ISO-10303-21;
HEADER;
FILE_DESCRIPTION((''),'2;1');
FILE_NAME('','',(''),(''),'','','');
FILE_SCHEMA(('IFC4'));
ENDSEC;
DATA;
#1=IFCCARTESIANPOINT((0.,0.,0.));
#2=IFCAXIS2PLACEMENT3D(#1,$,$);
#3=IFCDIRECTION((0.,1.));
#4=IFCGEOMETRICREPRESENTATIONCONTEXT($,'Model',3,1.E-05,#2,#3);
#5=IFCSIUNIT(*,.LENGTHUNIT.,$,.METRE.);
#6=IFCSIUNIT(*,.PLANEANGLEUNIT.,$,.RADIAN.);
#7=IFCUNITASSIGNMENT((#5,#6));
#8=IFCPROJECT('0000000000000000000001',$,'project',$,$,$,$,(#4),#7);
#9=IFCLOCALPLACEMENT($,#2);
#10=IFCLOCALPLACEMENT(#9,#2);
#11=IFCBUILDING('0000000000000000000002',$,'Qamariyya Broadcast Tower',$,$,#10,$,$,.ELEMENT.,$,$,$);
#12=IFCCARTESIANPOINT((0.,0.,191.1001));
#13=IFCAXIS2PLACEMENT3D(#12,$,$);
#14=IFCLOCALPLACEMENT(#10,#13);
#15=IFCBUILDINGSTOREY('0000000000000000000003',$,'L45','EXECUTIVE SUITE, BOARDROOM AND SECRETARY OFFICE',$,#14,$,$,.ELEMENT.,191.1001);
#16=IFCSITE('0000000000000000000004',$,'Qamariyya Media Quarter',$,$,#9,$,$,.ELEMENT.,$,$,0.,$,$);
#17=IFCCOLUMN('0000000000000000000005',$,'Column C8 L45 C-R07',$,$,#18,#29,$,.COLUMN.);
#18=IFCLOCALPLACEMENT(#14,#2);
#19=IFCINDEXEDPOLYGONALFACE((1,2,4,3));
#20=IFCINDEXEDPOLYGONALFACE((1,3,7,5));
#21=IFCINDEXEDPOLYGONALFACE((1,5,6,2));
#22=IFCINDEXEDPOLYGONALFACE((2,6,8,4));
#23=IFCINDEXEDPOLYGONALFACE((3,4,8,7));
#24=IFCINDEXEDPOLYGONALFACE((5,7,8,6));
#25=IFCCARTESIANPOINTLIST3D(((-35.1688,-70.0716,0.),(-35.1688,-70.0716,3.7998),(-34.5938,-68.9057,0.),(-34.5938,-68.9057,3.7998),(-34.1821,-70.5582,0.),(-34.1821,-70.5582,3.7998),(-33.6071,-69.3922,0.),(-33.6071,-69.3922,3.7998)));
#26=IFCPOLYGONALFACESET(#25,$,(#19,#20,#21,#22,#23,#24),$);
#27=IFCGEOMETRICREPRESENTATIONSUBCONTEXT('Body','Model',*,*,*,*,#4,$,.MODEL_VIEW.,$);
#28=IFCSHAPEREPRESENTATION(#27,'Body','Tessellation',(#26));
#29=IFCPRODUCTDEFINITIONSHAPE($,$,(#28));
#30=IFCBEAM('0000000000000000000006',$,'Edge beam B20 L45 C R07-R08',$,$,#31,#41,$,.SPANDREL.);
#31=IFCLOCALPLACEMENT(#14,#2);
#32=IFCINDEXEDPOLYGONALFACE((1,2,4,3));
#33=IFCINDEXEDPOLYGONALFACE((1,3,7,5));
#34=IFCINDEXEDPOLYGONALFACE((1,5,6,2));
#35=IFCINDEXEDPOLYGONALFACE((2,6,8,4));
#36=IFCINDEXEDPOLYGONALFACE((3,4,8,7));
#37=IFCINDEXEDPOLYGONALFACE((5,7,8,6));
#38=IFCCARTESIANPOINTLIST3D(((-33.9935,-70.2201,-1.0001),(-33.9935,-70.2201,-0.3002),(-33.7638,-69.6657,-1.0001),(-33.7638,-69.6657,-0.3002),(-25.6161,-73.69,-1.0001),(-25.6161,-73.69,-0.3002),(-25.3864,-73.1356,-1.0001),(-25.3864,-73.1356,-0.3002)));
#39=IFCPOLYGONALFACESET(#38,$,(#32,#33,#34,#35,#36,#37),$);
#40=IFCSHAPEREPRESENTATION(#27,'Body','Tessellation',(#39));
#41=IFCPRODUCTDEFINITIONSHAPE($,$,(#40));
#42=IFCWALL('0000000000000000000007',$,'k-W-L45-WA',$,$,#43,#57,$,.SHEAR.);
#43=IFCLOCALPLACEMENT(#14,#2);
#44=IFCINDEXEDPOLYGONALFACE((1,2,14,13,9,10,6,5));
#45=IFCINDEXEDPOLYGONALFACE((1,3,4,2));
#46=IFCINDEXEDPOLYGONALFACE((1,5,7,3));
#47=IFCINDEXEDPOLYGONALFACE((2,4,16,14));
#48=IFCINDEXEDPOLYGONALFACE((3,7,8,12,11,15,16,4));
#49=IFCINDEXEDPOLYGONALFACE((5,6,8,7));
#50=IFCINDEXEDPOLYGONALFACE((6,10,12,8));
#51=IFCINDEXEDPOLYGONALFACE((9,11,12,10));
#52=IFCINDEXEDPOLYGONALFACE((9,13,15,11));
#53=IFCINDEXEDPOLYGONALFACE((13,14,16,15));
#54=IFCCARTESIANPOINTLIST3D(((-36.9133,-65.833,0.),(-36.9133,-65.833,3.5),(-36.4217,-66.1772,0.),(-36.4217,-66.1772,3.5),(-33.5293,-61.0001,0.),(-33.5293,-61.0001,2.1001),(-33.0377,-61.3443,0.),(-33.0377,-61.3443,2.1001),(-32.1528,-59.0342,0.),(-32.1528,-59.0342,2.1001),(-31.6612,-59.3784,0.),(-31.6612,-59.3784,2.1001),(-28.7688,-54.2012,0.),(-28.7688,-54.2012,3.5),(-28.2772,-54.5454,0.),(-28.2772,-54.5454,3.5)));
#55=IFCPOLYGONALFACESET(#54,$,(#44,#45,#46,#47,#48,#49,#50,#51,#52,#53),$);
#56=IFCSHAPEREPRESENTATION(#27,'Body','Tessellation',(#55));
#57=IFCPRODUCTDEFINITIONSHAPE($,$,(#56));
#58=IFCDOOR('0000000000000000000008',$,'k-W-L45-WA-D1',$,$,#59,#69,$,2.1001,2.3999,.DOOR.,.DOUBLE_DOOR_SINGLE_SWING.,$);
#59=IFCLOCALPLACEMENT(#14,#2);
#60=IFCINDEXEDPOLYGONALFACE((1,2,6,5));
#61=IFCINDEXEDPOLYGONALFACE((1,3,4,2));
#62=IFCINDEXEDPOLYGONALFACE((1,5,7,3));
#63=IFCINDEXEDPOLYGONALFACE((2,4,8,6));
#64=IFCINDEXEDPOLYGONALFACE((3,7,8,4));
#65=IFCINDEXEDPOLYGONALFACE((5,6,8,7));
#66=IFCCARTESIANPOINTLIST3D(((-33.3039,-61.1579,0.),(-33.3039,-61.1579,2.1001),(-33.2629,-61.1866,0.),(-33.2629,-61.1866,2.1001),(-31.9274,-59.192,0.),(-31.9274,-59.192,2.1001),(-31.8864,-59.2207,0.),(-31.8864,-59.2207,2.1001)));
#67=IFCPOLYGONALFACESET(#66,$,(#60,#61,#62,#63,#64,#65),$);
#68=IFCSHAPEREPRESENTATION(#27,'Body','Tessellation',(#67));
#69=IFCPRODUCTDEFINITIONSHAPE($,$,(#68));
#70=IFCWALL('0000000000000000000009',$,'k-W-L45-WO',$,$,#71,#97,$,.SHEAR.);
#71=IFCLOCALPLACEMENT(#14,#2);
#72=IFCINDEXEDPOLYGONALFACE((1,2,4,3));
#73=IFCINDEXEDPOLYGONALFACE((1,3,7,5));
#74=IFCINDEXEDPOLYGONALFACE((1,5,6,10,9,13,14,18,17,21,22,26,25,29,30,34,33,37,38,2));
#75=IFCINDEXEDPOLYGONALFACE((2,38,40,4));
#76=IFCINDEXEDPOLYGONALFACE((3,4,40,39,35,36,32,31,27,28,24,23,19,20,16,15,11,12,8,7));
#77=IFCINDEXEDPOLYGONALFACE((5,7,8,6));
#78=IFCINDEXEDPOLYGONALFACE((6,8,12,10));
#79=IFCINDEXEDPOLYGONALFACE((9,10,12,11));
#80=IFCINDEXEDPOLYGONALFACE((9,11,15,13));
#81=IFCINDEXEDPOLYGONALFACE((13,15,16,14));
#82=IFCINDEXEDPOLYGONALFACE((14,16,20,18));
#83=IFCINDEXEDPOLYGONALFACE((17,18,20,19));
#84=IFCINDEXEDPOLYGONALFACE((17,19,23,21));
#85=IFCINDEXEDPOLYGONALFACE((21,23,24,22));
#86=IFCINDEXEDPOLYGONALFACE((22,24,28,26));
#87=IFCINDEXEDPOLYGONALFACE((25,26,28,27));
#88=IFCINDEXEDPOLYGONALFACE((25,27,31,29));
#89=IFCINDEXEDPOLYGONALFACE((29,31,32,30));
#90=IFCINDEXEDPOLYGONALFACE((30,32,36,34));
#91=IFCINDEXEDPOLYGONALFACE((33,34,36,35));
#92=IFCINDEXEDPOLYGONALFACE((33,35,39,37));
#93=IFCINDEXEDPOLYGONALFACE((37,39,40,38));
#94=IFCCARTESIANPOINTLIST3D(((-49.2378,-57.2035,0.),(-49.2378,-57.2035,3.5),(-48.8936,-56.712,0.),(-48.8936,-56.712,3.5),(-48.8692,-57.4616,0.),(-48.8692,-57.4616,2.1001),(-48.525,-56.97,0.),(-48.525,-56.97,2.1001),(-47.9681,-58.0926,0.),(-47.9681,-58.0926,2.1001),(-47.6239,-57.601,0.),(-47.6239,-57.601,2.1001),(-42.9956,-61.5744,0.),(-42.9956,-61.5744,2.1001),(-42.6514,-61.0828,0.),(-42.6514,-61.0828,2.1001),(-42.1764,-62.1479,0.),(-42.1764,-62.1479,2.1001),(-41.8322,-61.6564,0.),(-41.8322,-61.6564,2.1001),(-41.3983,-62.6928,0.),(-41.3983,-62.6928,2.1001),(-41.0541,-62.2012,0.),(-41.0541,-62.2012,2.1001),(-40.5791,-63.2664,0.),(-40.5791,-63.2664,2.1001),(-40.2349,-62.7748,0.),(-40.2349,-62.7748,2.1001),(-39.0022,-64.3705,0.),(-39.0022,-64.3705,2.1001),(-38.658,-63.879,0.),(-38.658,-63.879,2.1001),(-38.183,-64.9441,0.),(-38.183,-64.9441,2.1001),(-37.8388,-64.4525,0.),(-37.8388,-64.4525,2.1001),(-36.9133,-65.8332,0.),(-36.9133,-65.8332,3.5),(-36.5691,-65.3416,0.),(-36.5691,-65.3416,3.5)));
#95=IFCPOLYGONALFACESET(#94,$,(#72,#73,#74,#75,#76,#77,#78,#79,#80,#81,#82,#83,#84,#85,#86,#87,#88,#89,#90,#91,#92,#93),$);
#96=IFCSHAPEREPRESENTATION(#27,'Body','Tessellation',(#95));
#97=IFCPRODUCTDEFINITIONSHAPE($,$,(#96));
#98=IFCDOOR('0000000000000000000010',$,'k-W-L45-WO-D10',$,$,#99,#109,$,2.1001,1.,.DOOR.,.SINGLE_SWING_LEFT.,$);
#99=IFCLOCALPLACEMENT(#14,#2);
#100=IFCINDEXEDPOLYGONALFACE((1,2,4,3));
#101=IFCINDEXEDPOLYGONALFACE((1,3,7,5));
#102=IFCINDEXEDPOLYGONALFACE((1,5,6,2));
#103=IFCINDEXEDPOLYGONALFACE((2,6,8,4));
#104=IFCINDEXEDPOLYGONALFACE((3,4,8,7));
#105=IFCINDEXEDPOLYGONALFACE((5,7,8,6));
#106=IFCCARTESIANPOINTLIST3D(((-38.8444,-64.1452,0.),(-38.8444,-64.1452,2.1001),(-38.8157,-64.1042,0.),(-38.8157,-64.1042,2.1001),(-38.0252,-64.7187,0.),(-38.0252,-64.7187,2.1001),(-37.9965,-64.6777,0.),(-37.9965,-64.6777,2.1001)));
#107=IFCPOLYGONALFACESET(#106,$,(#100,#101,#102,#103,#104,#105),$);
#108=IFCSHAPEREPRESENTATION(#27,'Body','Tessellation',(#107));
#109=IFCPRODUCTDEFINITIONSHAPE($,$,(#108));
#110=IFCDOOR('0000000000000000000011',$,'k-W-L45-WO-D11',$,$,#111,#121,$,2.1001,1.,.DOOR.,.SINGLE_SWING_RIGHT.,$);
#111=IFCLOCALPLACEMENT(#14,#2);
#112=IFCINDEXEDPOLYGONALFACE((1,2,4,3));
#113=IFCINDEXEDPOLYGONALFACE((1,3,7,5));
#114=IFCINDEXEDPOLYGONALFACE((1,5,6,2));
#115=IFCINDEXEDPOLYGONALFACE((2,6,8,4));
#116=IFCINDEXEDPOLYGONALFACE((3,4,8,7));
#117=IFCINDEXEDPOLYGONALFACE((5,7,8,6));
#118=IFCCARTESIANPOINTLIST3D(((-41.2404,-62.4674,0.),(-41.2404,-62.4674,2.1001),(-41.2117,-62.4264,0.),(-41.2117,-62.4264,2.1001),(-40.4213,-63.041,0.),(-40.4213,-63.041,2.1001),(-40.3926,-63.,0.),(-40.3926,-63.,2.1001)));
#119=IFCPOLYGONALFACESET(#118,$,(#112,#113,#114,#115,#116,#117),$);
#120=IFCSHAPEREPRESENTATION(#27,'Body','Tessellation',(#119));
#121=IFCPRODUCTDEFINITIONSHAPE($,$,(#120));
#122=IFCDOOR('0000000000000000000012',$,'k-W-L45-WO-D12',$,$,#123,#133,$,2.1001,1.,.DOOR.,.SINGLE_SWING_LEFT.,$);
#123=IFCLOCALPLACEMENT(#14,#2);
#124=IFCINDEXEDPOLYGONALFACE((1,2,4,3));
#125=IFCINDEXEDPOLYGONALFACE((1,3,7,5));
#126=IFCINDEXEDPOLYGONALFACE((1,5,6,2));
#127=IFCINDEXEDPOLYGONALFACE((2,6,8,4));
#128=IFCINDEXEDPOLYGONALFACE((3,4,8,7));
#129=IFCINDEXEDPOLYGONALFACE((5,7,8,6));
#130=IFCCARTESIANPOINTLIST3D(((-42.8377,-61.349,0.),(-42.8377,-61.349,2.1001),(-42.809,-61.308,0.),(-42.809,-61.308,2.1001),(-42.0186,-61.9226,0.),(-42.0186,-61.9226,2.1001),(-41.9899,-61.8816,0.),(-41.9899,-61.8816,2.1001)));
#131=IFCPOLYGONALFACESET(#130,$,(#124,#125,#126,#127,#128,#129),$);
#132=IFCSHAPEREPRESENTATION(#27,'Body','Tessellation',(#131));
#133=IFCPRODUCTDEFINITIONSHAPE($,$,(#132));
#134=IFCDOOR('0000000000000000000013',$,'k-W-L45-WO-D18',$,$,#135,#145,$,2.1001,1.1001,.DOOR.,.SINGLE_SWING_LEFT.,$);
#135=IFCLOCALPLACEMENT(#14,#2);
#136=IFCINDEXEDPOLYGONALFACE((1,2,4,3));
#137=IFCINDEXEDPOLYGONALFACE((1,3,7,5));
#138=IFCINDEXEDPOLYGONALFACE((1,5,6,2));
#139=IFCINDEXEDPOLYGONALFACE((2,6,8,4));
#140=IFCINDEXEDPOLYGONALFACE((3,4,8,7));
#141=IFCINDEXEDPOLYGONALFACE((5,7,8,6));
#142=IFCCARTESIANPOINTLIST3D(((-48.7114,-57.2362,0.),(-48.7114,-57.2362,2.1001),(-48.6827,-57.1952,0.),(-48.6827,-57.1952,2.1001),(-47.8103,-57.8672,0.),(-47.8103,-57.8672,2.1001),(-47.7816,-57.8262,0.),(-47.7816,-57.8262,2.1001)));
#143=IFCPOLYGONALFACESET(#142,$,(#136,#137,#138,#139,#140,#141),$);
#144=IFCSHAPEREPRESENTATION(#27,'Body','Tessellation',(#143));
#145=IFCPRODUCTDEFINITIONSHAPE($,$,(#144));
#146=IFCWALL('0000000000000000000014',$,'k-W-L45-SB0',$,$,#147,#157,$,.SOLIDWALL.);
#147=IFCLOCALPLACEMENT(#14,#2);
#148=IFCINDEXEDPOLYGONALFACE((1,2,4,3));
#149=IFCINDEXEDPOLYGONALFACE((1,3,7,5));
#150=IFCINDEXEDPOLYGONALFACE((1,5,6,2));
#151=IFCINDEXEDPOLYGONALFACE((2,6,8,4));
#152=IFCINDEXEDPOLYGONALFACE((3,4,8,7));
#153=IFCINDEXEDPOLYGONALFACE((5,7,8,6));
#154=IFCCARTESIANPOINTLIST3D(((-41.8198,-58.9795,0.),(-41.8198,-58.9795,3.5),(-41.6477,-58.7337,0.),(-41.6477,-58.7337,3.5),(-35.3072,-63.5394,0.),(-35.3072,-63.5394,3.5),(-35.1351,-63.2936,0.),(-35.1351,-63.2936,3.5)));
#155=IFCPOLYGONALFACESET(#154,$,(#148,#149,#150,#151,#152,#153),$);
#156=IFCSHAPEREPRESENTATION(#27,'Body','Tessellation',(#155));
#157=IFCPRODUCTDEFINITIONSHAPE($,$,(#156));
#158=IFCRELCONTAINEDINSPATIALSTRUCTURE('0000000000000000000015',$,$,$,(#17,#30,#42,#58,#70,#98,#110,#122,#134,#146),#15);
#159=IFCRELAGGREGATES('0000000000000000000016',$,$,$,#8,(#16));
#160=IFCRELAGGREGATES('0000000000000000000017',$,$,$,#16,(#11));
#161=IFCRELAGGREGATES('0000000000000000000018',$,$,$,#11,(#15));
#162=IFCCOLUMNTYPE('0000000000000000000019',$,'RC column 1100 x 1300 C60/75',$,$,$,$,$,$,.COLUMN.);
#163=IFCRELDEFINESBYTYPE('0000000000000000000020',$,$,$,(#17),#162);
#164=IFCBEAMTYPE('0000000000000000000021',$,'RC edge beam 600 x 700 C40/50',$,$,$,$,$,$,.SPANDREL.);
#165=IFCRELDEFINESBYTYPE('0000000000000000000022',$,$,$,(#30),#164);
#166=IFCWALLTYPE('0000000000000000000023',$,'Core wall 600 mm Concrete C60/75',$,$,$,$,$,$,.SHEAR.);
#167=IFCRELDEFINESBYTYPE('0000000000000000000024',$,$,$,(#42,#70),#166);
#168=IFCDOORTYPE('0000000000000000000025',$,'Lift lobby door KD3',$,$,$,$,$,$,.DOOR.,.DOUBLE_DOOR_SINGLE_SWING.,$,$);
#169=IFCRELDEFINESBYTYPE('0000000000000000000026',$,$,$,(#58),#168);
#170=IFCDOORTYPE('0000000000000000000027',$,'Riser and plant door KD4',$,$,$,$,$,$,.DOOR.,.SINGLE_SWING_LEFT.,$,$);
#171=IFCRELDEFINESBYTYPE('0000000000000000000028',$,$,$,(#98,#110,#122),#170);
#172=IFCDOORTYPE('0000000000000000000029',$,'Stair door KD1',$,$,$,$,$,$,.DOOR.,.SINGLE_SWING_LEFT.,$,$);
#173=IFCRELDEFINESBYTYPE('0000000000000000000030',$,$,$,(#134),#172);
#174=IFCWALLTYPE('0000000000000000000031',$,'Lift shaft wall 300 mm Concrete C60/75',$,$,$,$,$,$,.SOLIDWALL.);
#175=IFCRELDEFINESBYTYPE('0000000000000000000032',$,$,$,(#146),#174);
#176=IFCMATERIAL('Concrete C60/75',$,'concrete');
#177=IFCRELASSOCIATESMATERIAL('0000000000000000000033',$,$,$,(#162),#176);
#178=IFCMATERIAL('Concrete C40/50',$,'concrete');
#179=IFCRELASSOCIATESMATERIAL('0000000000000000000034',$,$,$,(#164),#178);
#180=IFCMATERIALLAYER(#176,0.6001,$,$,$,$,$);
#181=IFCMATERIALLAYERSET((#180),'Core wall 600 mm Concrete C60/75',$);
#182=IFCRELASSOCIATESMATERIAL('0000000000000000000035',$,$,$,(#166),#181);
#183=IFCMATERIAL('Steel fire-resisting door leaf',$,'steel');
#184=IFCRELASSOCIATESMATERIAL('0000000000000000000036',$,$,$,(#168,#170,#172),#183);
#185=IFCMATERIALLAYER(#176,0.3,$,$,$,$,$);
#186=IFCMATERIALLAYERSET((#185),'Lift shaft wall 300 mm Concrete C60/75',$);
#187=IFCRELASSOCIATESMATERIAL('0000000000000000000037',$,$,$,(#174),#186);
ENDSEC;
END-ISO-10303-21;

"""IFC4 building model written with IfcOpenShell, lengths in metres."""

from ifc_helpers import new_model, si_unit, direction, frame, frame_2d, origin, origin_2d, place, context, subcontext, project, spatial, rectangle, extrude, material, layer, layer_set, material_profile, profile_set, type_object, element, fill, save


model = new_model("IFC4")

# Units and contexts
model_context = context("Model", 3, precision=1e-05, world=origin(), true_north=direction((0.0, 1.0)))
body_context = subcontext(model_context, "Body", "Model", "MODEL_VIEW")
ifc_project = project(units=[si_unit("LENGTHUNIT", "METRE"), si_unit("PLANEANGLEUNIT", "RADIAN")], contexts=[model_context])

# Site, building, storey
site_placement = place(None, origin())
site = spatial("IfcSite", under=ifc_project, at=site_placement, Name="Qamariyya Media Quarter", CompositionType="ELEMENT", RefElevation=0.0)
building_placement = place(site_placement, origin())
building = spatial("IfcBuilding", under=site, at=building_placement, Name="Qamariyya Broadcast Tower", CompositionType="ELEMENT")
storey_placement = place(building_placement, frame((0.0, 0.0, 191.1001)))
storey = spatial("IfcBuildingStorey", under=building, at=storey_placement, Name="L45", Description="EXECUTIVE SUITE, BOARDROOM AND SECRETARY OFFICE", CompositionType="ELEMENT", Elevation=191.1001)

# Column
ifc_material_1 = material(Name="Concrete C60/75", Category="concrete")
ifc_material_profile_1 = material_profile(ifc_material_1, rectangle(XDim=1.1001, YDim=1.3, at=origin_2d()))
ifc_profile_set_1 = profile_set([ifc_material_profile_1], Name="Concrete C60/75")
column_type = type_object("IfcColumnType", Name="RC column 1100 x 1300 C60/75", PredefinedType="COLUMN", material=ifc_profile_set_1)
column_placement = place(storey_placement, frame((-34.3879, -69.7319, 0.0), z_axis=(0.0, 0.0, 1.0), x_axis=(0.896873, -0.442289, 0.0)))
element("IfcColumn", 1, at=column_placement, inside=storey, type_object=column_type, Name="Column C8 L45 C-R07", PredefinedType="COLUMN", context=body_context, shape_type="SweptSolid", body=[
    extrude(rectangle(XDim=1.1001, YDim=1.3, at=origin_2d()), origin(), (0.0, 0.0, 1.0), 3.7998),
])

# Beam
ifc_material_2 = material(Name="Concrete C40/50", Category="concrete")
ifc_material_profile_2 = material_profile(ifc_material_2, rectangle(XDim=0.6001, YDim=0.7, at=origin_2d()))
ifc_profile_set_2 = profile_set([ifc_material_profile_2], Name="Concrete C40/50")
beam_type = type_object("IfcBeamType", Name="RC edge beam 600 x 700 C40/50", PredefinedType="SPANDREL", material=ifc_profile_set_2)
beam_placement = place(storey_placement, frame((-33.8787, -69.9429, -0.6501), z_axis=(0.923883, -0.382676, 0.0), x_axis=(0.382676, 0.923883, 0.0)))
element("IfcBeam", 2, at=beam_placement, inside=storey, type_object=beam_type, Name="Edge beam B20 L45 C R07-R08", PredefinedType="SPANDREL", context=body_context, shape_type="SweptSolid", body=[
    extrude(rectangle(XDim=0.6001, YDim=0.7, at=origin_2d()), origin(), (0.0, 0.0, 1.0), 9.0676),
])

# Wall, opening, door
ifc_layer_1 = layer(ifc_material_1, 0.6001)
ifc_layer_set_1 = layer_set([ifc_layer_1], Name="Core wall 600 mm Concrete C60/75")
wall_type_1 = type_object("IfcWallType", Name="Core wall 600 mm Concrete C60/75", PredefinedType="SHEAR", material=ifc_layer_set_1)
wall_1_placement = place(storey_placement, frame((-36.6675, -66.0051, 0.0), z_axis=(0.0, 0.0, 1.0), x_axis=(0.573568, 0.819158, 0.0)))
wall_1 = element("IfcWall", 3, at=wall_1_placement, inside=storey, type_object=wall_type_1, Name="k-W-L45-WA", PredefinedType="SHEAR", context=body_context, shape_type="SweptSolid", body=[
    extrude(rectangle(XDim=14.1997, YDim=0.6001, at=frame_2d((7.0999, 0.0))), origin(), (0.0, 0.0, 1.0), 3.5),
])
opening_1_placement = place(wall_1_placement, frame((5.8999, 0.0, 0.0)))
opening_1 = element("IfcOpeningElement", 4, at=opening_1_placement, cuts=wall_1, PredefinedType="OPENING", context=body_context, shape_type="SweptSolid", body=[
    extrude(rectangle(XDim=2.3999, YDim=2.1001, at=frame_2d((1.2, 1.05))), frame((0.0, 0.3101, 0.0), z_axis=(0.0, -1.0, 0.0), x_axis=(1.0, 0.0, 0.0)), (0.0, 0.0, 1.0), 0.6201),
])
ifc_material_3 = material(Name="Steel fire-resisting door leaf", Category="steel")
door_type_1 = type_object("IfcDoorType", Name="Lift lobby door KD3", OperationType="DOUBLE_DOOR_SINGLE_SWING", PredefinedType="DOOR", material=ifc_material_3)
door_1_placement = place(opening_1_placement, origin())
door_1 = element("IfcDoor", 5, at=door_1_placement, inside=storey, type_object=door_type_1, Name="k-W-L45-WA-D1", OperationType="DOUBLE_DOOR_SINGLE_SWING", OverallHeight=2.1001, OverallWidth=2.3999, PredefinedType="DOOR", context=body_context, shape_type="SweptSolid", body=[
    extrude(rectangle(XDim=2.3999, YDim=2.1001, at=frame_2d((1.2, 1.05))), frame((0.0, 0.0249, 0.0), z_axis=(0.0, -1.0, 0.0), x_axis=(1.0, 0.0, 0.0)), (0.0, 0.0, 1.0), 0.05),
])
fill(opening_1, door_1)

# Wall, openings, doors
wall_2_placement = place(storey_placement, frame((-36.7412, -65.5874, 0.0), z_axis=(0.0, 0.0, 1.0), x_axis=(-0.819153, 0.573575, 0.0)))
wall_2 = element("IfcWall", 6, at=wall_2_placement, inside=storey, type_object=wall_type_1, Name="k-W-L45-WO", PredefinedType="SHEAR", context=body_context, shape_type="SweptSolid", body=[
    extrude(rectangle(XDim=15.0454, YDim=0.6001, at=frame_2d((7.5227, 0.0))), origin(), (0.0, 0.0, 1.0), 3.5),
])
opening_2_placement = place(wall_2_placement, frame((1.55, 0.0, 0.0)))
opening_2 = element("IfcOpeningElement", 7, at=opening_2_placement, cuts=wall_2, PredefinedType="OPENING", context=body_context, shape_type="SweptSolid", body=[
    extrude(rectangle(XDim=1.0, YDim=2.1001, at=frame_2d((0.5, 1.05))), frame((0.0, 0.3101, 0.0), z_axis=(0.0, -1.0, 0.0), x_axis=(1.0, 0.0, 0.0)), (0.0, 0.0, 1.0), 0.6201),
])
opening_3_placement = place(wall_2_placement, frame((4.4751, 0.0, 0.0)))
opening_3 = element("IfcOpeningElement", 8, at=opening_3_placement, cuts=wall_2, PredefinedType="OPENING", context=body_context, shape_type="SweptSolid", body=[
    extrude(rectangle(XDim=1.0, YDim=2.1001, at=frame_2d((0.5, 1.05))), frame((0.0, 0.3101, 0.0), z_axis=(0.0, -1.0, 0.0), x_axis=(1.0, 0.0, 0.0)), (0.0, 0.0, 1.0), 0.6201),
])
opening_4_placement = place(wall_2_placement, frame((6.425, 0.0, 0.0)))
opening_4 = element("IfcOpeningElement", 9, at=opening_4_placement, cuts=wall_2, PredefinedType="OPENING", context=body_context, shape_type="SweptSolid", body=[
    extrude(rectangle(XDim=1.0, YDim=2.1001, at=frame_2d((0.5, 1.05))), frame((0.0, 0.3101, 0.0), z_axis=(0.0, -1.0, 0.0), x_axis=(1.0, 0.0, 0.0)), (0.0, 0.0, 1.0), 0.6201),
])
opening_5_placement = place(wall_2_placement, frame((13.4954, 0.0, 0.0)))
opening_5 = element("IfcOpeningElement", 10, at=opening_5_placement, cuts=wall_2, PredefinedType="OPENING", context=body_context, shape_type="SweptSolid", body=[
    extrude(rectangle(XDim=1.1001, YDim=2.1001, at=frame_2d((0.55, 1.05))), frame((0.0, 0.3101, 0.0), z_axis=(0.0, -1.0, 0.0), x_axis=(1.0, 0.0, 0.0)), (0.0, 0.0, 1.0), 0.6201),
])
door_type_2 = type_object("IfcDoorType", Name="Riser and plant door KD4", OperationType="SINGLE_SWING_LEFT", PredefinedType="DOOR", material=ifc_material_3)
door_2_placement = place(opening_2_placement, origin())
door_2 = element("IfcDoor", 11, at=door_2_placement, inside=storey, type_object=door_type_2, Name="k-W-L45-WO-D10", OperationType="SINGLE_SWING_LEFT", OverallHeight=2.1001, OverallWidth=1.0, PredefinedType="DOOR", context=body_context, shape_type="SweptSolid", body=[
    extrude(rectangle(XDim=1.0, YDim=2.1001, at=frame_2d((0.5, 1.05))), frame((0.0, 0.0249, 0.0), z_axis=(0.0, -1.0, 0.0), x_axis=(1.0, 0.0, 0.0)), (0.0, 0.0, 1.0), 0.05),
])
fill(opening_2, door_2)
door_3_placement = place(opening_3_placement, origin())
door_3 = element("IfcDoor", 12, at=door_3_placement, inside=storey, type_object=door_type_2, Name="k-W-L45-WO-D11", OperationType="SINGLE_SWING_RIGHT", OverallHeight=2.1001, OverallWidth=1.0, PredefinedType="DOOR", context=body_context, shape_type="SweptSolid", body=[
    extrude(rectangle(XDim=1.0, YDim=2.1001, at=frame_2d((0.5, 1.05))), frame((0.0, 0.0249, 0.0), z_axis=(0.0, -1.0, 0.0), x_axis=(1.0, 0.0, 0.0)), (0.0, 0.0, 1.0), 0.05),
])
fill(opening_3, door_3)
door_4_placement = place(opening_4_placement, origin())
door_4 = element("IfcDoor", 13, at=door_4_placement, inside=storey, type_object=door_type_2, Name="k-W-L45-WO-D12", OperationType="SINGLE_SWING_LEFT", OverallHeight=2.1001, OverallWidth=1.0, PredefinedType="DOOR", context=body_context, shape_type="SweptSolid", body=[
    extrude(rectangle(XDim=1.0, YDim=2.1001, at=frame_2d((0.5, 1.05))), frame((0.0, 0.0249, 0.0), z_axis=(0.0, -1.0, 0.0), x_axis=(1.0, 0.0, 0.0)), (0.0, 0.0, 1.0), 0.05),
])
fill(opening_4, door_4)
door_type_3 = type_object("IfcDoorType", Name="Stair door KD1", OperationType="SINGLE_SWING_LEFT", PredefinedType="DOOR", material=ifc_material_3)
door_5_placement = place(opening_5_placement, origin())
door_5 = element("IfcDoor", 14, at=door_5_placement, inside=storey, type_object=door_type_3, Name="k-W-L45-WO-D18", OperationType="SINGLE_SWING_LEFT", OverallHeight=2.1001, OverallWidth=1.1001, PredefinedType="DOOR", context=body_context, shape_type="SweptSolid", body=[
    extrude(rectangle(XDim=1.1001, YDim=2.1001, at=frame_2d((0.55, 1.05))), frame((0.0, 0.0249, 0.0), z_axis=(0.0, -1.0, 0.0), x_axis=(1.0, 0.0, 0.0)), (0.0, 0.0, 1.0), 0.05),
])
fill(opening_5, door_5)

# Wall
ifc_layer_2 = layer(ifc_material_1, 0.3)
ifc_layer_set_2 = layer_set([ifc_layer_2], Name="Lift shaft wall 300 mm Concrete C60/75")
wall_type_2 = type_object("IfcWallType", Name="Lift shaft wall 300 mm Concrete C60/75", PredefinedType="SOLIDWALL", material=ifc_layer_set_2)
wall_3_placement = place(storey_placement, frame((-35.2212, -63.4165, 0.0), z_axis=(0.0, 0.0, 1.0), x_axis=(-0.819167, 0.573555, 0.0)))
element("IfcWall", 15, at=wall_3_placement, inside=storey, type_object=wall_type_2, Name="k-W-L45-SB0", PredefinedType="SOLIDWALL", context=body_context, shape_type="SweptSolid", body=[
    extrude(rectangle(XDim=7.9502, YDim=0.3, at=frame_2d((3.9751, 0.0))), origin(), (0.0, 0.0, 1.0), 3.5),
])

save(model, "model.ifc")
